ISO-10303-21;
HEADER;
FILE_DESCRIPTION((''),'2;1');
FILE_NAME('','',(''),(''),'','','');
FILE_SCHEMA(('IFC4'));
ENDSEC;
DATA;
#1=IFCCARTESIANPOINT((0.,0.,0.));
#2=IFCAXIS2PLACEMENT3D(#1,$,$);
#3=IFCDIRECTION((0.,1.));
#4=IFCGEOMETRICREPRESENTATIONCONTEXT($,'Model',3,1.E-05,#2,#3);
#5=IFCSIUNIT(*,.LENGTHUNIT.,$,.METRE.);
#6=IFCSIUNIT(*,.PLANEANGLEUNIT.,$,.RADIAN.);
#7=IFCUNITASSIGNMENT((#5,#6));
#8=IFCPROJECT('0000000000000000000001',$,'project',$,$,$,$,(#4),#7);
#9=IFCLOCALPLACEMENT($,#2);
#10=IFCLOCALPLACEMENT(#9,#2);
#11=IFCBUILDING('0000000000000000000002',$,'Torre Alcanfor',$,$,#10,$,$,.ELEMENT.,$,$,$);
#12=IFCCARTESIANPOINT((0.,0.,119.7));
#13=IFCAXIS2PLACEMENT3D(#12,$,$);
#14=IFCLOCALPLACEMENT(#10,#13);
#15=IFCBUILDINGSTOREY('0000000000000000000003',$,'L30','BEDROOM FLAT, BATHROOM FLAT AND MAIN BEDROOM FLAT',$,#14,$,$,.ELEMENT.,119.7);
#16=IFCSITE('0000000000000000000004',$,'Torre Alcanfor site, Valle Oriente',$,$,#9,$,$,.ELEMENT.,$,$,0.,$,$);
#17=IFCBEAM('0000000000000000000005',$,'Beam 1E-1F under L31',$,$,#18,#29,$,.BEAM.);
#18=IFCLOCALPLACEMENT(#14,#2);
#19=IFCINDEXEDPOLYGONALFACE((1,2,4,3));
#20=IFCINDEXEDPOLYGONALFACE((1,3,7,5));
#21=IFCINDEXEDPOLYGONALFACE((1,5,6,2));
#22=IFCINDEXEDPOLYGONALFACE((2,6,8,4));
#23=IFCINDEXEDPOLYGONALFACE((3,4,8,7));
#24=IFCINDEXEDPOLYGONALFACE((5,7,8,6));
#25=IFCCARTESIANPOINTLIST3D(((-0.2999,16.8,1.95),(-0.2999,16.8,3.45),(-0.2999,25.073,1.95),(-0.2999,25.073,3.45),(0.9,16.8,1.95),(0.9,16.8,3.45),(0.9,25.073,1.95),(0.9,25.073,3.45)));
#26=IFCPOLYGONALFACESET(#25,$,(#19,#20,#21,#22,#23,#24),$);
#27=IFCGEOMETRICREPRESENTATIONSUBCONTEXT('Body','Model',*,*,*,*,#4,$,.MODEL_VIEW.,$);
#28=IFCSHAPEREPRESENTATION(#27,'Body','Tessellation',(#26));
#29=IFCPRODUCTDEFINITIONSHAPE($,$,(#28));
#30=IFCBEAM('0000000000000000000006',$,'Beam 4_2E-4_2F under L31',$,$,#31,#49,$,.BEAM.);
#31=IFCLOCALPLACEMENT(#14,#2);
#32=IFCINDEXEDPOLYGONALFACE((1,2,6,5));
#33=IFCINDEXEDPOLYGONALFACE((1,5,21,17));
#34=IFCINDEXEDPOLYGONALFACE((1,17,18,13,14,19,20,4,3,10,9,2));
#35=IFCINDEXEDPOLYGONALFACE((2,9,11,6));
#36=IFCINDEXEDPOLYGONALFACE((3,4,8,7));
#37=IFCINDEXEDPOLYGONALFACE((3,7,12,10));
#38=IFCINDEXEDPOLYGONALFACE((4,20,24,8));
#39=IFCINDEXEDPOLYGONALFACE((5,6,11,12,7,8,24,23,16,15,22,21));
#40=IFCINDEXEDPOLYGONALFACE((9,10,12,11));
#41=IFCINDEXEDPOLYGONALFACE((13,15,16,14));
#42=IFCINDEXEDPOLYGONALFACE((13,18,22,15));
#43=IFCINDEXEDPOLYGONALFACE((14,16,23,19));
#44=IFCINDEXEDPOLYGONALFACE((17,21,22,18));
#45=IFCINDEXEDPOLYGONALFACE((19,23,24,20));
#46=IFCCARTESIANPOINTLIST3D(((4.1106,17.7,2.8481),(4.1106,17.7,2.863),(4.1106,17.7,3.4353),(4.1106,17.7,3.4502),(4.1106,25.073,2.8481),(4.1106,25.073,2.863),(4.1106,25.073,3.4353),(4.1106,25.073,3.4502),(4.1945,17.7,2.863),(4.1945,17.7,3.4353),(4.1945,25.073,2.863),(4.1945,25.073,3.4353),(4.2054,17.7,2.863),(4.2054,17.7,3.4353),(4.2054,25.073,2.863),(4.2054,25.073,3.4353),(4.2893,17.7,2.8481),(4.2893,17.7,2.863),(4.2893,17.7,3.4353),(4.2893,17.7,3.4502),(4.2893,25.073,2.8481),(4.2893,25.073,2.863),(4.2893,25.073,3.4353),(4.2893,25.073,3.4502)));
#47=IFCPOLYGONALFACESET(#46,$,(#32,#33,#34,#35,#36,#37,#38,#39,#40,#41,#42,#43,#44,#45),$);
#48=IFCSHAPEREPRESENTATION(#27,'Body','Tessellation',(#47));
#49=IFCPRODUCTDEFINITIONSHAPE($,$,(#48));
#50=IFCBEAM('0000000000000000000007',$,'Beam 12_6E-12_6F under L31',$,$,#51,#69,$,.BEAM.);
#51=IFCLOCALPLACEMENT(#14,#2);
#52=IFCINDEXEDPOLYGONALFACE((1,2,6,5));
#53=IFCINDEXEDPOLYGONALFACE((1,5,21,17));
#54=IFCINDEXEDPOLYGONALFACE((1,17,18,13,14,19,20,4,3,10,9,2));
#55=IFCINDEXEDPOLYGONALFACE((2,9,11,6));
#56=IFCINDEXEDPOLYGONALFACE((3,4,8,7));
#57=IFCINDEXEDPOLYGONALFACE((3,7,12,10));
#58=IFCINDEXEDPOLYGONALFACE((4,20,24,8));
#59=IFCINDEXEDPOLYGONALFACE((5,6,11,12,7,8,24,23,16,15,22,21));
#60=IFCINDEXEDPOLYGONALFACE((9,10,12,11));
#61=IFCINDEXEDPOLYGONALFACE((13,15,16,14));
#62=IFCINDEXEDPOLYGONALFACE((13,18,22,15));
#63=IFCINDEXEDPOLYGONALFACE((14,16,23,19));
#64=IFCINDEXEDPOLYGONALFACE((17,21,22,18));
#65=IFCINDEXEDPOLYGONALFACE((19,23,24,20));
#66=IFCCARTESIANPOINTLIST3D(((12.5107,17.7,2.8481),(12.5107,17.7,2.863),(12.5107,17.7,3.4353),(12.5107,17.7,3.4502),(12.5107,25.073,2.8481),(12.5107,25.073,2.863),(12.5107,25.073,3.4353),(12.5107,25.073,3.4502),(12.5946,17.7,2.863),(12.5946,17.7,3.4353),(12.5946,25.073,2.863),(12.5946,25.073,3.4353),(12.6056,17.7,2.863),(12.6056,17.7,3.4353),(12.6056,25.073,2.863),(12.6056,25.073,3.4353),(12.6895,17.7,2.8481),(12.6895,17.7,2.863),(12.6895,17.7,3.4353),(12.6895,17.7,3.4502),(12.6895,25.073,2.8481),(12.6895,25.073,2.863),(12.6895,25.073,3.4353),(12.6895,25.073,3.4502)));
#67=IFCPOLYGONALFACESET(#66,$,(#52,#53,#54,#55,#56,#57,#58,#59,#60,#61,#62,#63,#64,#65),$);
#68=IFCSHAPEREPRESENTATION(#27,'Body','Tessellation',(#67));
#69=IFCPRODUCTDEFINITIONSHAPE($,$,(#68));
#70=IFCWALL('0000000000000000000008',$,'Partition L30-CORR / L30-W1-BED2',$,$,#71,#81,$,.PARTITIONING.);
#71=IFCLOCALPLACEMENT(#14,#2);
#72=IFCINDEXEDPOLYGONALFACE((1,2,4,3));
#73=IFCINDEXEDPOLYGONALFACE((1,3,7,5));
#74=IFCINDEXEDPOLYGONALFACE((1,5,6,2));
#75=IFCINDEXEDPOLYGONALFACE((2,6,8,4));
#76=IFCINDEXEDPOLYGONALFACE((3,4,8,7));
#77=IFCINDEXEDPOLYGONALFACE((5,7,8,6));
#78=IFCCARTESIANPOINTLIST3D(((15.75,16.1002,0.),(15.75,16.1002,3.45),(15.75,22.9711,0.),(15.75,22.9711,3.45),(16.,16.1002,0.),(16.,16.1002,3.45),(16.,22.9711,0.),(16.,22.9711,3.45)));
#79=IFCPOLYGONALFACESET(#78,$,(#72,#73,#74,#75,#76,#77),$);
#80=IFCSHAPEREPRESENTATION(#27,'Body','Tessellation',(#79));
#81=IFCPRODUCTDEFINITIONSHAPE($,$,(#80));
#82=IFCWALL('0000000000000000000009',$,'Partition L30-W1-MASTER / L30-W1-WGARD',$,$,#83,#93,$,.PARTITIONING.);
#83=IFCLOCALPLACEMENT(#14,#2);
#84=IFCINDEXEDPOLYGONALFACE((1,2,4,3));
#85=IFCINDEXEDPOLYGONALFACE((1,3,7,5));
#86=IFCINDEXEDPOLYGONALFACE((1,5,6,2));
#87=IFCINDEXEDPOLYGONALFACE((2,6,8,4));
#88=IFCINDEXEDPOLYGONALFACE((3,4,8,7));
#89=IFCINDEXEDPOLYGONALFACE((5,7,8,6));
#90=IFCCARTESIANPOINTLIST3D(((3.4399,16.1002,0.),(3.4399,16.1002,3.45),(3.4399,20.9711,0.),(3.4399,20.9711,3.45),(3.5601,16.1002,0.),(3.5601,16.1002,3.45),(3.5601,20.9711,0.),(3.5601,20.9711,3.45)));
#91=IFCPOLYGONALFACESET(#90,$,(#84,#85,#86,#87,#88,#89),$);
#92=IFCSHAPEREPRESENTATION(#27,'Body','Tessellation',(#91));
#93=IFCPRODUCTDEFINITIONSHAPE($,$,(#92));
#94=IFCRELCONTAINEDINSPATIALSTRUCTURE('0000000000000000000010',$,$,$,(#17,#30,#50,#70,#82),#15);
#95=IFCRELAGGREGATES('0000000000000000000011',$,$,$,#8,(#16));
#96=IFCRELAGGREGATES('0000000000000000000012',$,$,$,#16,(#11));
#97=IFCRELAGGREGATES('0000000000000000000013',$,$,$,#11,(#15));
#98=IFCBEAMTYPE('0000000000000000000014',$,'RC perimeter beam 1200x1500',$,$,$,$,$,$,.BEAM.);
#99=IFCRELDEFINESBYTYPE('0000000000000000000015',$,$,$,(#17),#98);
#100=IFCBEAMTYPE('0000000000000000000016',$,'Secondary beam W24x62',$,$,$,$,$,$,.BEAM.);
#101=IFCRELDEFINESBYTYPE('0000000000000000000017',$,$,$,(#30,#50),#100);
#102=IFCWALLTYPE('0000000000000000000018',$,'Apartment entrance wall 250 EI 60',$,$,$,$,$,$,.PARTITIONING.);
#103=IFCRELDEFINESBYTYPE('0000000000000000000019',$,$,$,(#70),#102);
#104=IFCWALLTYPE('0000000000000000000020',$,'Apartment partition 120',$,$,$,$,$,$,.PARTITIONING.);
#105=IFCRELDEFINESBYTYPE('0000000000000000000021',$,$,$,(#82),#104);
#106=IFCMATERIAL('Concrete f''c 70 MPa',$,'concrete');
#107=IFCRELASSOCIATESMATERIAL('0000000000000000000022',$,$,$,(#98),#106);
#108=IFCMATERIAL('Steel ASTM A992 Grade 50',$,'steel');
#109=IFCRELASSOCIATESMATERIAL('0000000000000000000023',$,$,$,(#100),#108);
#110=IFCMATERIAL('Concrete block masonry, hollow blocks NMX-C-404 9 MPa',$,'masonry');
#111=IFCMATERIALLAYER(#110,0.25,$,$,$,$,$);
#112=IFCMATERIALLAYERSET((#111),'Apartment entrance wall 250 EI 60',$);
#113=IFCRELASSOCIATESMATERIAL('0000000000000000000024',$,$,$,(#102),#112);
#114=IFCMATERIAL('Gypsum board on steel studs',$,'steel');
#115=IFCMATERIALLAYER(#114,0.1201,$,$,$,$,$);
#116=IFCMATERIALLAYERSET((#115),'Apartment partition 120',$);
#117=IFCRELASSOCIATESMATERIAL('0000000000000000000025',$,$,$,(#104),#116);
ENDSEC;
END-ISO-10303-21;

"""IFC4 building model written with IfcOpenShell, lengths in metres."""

from ifc_helpers import new_model, si_unit, direction, frame, frame_2d, origin, origin_2d, place, context, subcontext, project, spatial, rectangle, i_section, extrude, material, layer, layer_set, material_profile, profile_set, type_object, element, save


model = new_model("IFC4")

# Units and contexts
model_context = context("Model", 3, precision=1e-05, world=origin(), true_north=direction((0.0, 1.0)))
body_context = subcontext(model_context, "Body", "Model", "MODEL_VIEW")
ifc_project = project(units=[si_unit("LENGTHUNIT", "METRE"), si_unit("PLANEANGLEUNIT", "RADIAN")], contexts=[model_context])

# Site, building, storey
site_placement = place(None, origin())
site = spatial("IfcSite", under=ifc_project, at=site_placement, Name="Torre Alcanfor site, Valle Oriente", CompositionType="ELEMENT", RefElevation=0.0)
building_placement = place(site_placement, origin())
building = spatial("IfcBuilding", under=site, at=building_placement, Name="Torre Alcanfor", CompositionType="ELEMENT")
storey_placement = place(building_placement, frame((0.0, 0.0, 119.7)))
storey = spatial("IfcBuildingStorey", under=building, at=storey_placement, Name="L30", Description="BEDROOM FLAT, BATHROOM FLAT AND MAIN BEDROOM FLAT", CompositionType="ELEMENT", Elevation=119.7)

# Beams
ifc_material_1 = material(Name="Concrete f'c 70 MPa", Category="concrete")
ifc_material_profile_1 = material_profile(ifc_material_1, rectangle(XDim=1.2, YDim=1.5, at=origin_2d()), Name="1200x1500")
ifc_profile_set_1 = profile_set([ifc_material_profile_1], Name="Concrete f'c 70 MPa")
beam_type_1 = type_object("IfcBeamType", Name="RC perimeter beam 1200x1500", PredefinedType="BEAM", material=ifc_profile_set_1)
beam_1_placement = place(storey_placement, frame((0.3, 16.8, 2.7), z_axis=(0.0, 1.0, 0.0), x_axis=(-1.0, 0.0, 0.0)))
element("IfcBeam", 1, at=beam_1_placement, inside=storey, type_object=beam_type_1, Name="Beam 1E-1F under L31", PredefinedType="BEAM", context=body_context, shape_type="SweptSolid", body=[
    extrude(rectangle(XDim=1.2, YDim=1.5, at=origin_2d()), origin(), (0.0, 0.0, 1.0), 8.2729),
])
ifc_material_2 = material(Name="Steel ASTM A992 Grade 50", Category="steel")
ifc_material_profile_2 = material_profile(ifc_material_2, i_section(OverallWidth=0.1787, OverallDepth=0.6021, WebThickness=0.011, FlangeThickness=0.0149, at=origin_2d()), Name="W24x62")
ifc_profile_set_2 = profile_set([ifc_material_profile_2], Name="Steel ASTM A992 Grade 50")
beam_type_2 = type_object("IfcBeamType", Name="Secondary beam W24x62", PredefinedType="BEAM", material=ifc_profile_set_2)
for number, where, z_axis, x_axis, name in (
    (2, (4.2, 17.7, 3.1492), (0.0, 1.0, 0.0), (-1.0, 0.0, 0.0), "Beam 4_2E-4_2F under L31"),
    (3, (12.6001, 17.7, 3.1492), (0.0, 1.0, 0.0), (-1.0, 0.0, 0.0), "Beam 12_6E-12_6F under L31"),
):
    element("IfcBeam", number, at=place(storey_placement, frame(where, z_axis=z_axis, x_axis=x_axis)), inside=storey, type_object=beam_type_2, Name=name, PredefinedType="BEAM", context=body_context, shape_type="SweptSolid", body=[
        extrude(i_section(OverallWidth=0.1787, OverallDepth=0.6021, WebThickness=0.011, FlangeThickness=0.0149, at=origin_2d()), origin(), (0.0, 0.0, 1.0), 7.373),
    ])

# Walls
ifc_material_3 = material(Name="Concrete block masonry, hollow blocks NMX-C-404 9 MPa", Category="masonry")
ifc_layer_1 = layer(ifc_material_3, 0.25)
ifc_layer_set_1 = layer_set([ifc_layer_1], Name="Apartment entrance wall 250 EI 60")
wall_type_1 = type_object("IfcWallType", Name="Apartment entrance wall 250 EI 60", PredefinedType="PARTITIONING", material=ifc_layer_set_1)
wall_1_placement = place(storey_placement, frame((15.875, 16.1001, 0.0), z_axis=(0.0, 0.0, 1.0), x_axis=(0.0, 1.0, 0.0)))
element("IfcWall", 4, at=wall_1_placement, inside=storey, type_object=wall_type_1, Name="Partition L30-CORR / L30-W1-BED2", PredefinedType="PARTITIONING", context=body_context, shape_type="SweptSolid", body=[
    extrude(rectangle(XDim=6.8708, YDim=0.25, at=frame_2d((3.4355, 0.0))), origin(), (0.0, 0.0, 1.0), 3.45),
])
ifc_material_4 = material(Name="Gypsum board on steel studs", Category="steel")
ifc_layer_2 = layer(ifc_material_4, 0.1201)
ifc_layer_set_2 = layer_set([ifc_layer_2], Name="Apartment partition 120")
wall_type_2 = type_object("IfcWallType", Name="Apartment partition 120", PredefinedType="PARTITIONING", material=ifc_layer_set_2)
wall_2_placement = place(storey_placement, frame((3.5, 16.1001, 0.0), z_axis=(0.0, 0.0, 1.0), x_axis=(0.0, 1.0, 0.0)))
element("IfcWall", 5, at=wall_2_placement, inside=storey, type_object=wall_type_2, Name="Partition L30-W1-MASTER / L30-W1-WGARD", PredefinedType="PARTITIONING", context=body_context, shape_type="SweptSolid", body=[
    extrude(rectangle(XDim=4.8708, YDim=0.1201, at=frame_2d((2.4355, 0.0))), origin(), (0.0, 0.0, 1.0), 3.45),
])

save(model, "model.ifc")
